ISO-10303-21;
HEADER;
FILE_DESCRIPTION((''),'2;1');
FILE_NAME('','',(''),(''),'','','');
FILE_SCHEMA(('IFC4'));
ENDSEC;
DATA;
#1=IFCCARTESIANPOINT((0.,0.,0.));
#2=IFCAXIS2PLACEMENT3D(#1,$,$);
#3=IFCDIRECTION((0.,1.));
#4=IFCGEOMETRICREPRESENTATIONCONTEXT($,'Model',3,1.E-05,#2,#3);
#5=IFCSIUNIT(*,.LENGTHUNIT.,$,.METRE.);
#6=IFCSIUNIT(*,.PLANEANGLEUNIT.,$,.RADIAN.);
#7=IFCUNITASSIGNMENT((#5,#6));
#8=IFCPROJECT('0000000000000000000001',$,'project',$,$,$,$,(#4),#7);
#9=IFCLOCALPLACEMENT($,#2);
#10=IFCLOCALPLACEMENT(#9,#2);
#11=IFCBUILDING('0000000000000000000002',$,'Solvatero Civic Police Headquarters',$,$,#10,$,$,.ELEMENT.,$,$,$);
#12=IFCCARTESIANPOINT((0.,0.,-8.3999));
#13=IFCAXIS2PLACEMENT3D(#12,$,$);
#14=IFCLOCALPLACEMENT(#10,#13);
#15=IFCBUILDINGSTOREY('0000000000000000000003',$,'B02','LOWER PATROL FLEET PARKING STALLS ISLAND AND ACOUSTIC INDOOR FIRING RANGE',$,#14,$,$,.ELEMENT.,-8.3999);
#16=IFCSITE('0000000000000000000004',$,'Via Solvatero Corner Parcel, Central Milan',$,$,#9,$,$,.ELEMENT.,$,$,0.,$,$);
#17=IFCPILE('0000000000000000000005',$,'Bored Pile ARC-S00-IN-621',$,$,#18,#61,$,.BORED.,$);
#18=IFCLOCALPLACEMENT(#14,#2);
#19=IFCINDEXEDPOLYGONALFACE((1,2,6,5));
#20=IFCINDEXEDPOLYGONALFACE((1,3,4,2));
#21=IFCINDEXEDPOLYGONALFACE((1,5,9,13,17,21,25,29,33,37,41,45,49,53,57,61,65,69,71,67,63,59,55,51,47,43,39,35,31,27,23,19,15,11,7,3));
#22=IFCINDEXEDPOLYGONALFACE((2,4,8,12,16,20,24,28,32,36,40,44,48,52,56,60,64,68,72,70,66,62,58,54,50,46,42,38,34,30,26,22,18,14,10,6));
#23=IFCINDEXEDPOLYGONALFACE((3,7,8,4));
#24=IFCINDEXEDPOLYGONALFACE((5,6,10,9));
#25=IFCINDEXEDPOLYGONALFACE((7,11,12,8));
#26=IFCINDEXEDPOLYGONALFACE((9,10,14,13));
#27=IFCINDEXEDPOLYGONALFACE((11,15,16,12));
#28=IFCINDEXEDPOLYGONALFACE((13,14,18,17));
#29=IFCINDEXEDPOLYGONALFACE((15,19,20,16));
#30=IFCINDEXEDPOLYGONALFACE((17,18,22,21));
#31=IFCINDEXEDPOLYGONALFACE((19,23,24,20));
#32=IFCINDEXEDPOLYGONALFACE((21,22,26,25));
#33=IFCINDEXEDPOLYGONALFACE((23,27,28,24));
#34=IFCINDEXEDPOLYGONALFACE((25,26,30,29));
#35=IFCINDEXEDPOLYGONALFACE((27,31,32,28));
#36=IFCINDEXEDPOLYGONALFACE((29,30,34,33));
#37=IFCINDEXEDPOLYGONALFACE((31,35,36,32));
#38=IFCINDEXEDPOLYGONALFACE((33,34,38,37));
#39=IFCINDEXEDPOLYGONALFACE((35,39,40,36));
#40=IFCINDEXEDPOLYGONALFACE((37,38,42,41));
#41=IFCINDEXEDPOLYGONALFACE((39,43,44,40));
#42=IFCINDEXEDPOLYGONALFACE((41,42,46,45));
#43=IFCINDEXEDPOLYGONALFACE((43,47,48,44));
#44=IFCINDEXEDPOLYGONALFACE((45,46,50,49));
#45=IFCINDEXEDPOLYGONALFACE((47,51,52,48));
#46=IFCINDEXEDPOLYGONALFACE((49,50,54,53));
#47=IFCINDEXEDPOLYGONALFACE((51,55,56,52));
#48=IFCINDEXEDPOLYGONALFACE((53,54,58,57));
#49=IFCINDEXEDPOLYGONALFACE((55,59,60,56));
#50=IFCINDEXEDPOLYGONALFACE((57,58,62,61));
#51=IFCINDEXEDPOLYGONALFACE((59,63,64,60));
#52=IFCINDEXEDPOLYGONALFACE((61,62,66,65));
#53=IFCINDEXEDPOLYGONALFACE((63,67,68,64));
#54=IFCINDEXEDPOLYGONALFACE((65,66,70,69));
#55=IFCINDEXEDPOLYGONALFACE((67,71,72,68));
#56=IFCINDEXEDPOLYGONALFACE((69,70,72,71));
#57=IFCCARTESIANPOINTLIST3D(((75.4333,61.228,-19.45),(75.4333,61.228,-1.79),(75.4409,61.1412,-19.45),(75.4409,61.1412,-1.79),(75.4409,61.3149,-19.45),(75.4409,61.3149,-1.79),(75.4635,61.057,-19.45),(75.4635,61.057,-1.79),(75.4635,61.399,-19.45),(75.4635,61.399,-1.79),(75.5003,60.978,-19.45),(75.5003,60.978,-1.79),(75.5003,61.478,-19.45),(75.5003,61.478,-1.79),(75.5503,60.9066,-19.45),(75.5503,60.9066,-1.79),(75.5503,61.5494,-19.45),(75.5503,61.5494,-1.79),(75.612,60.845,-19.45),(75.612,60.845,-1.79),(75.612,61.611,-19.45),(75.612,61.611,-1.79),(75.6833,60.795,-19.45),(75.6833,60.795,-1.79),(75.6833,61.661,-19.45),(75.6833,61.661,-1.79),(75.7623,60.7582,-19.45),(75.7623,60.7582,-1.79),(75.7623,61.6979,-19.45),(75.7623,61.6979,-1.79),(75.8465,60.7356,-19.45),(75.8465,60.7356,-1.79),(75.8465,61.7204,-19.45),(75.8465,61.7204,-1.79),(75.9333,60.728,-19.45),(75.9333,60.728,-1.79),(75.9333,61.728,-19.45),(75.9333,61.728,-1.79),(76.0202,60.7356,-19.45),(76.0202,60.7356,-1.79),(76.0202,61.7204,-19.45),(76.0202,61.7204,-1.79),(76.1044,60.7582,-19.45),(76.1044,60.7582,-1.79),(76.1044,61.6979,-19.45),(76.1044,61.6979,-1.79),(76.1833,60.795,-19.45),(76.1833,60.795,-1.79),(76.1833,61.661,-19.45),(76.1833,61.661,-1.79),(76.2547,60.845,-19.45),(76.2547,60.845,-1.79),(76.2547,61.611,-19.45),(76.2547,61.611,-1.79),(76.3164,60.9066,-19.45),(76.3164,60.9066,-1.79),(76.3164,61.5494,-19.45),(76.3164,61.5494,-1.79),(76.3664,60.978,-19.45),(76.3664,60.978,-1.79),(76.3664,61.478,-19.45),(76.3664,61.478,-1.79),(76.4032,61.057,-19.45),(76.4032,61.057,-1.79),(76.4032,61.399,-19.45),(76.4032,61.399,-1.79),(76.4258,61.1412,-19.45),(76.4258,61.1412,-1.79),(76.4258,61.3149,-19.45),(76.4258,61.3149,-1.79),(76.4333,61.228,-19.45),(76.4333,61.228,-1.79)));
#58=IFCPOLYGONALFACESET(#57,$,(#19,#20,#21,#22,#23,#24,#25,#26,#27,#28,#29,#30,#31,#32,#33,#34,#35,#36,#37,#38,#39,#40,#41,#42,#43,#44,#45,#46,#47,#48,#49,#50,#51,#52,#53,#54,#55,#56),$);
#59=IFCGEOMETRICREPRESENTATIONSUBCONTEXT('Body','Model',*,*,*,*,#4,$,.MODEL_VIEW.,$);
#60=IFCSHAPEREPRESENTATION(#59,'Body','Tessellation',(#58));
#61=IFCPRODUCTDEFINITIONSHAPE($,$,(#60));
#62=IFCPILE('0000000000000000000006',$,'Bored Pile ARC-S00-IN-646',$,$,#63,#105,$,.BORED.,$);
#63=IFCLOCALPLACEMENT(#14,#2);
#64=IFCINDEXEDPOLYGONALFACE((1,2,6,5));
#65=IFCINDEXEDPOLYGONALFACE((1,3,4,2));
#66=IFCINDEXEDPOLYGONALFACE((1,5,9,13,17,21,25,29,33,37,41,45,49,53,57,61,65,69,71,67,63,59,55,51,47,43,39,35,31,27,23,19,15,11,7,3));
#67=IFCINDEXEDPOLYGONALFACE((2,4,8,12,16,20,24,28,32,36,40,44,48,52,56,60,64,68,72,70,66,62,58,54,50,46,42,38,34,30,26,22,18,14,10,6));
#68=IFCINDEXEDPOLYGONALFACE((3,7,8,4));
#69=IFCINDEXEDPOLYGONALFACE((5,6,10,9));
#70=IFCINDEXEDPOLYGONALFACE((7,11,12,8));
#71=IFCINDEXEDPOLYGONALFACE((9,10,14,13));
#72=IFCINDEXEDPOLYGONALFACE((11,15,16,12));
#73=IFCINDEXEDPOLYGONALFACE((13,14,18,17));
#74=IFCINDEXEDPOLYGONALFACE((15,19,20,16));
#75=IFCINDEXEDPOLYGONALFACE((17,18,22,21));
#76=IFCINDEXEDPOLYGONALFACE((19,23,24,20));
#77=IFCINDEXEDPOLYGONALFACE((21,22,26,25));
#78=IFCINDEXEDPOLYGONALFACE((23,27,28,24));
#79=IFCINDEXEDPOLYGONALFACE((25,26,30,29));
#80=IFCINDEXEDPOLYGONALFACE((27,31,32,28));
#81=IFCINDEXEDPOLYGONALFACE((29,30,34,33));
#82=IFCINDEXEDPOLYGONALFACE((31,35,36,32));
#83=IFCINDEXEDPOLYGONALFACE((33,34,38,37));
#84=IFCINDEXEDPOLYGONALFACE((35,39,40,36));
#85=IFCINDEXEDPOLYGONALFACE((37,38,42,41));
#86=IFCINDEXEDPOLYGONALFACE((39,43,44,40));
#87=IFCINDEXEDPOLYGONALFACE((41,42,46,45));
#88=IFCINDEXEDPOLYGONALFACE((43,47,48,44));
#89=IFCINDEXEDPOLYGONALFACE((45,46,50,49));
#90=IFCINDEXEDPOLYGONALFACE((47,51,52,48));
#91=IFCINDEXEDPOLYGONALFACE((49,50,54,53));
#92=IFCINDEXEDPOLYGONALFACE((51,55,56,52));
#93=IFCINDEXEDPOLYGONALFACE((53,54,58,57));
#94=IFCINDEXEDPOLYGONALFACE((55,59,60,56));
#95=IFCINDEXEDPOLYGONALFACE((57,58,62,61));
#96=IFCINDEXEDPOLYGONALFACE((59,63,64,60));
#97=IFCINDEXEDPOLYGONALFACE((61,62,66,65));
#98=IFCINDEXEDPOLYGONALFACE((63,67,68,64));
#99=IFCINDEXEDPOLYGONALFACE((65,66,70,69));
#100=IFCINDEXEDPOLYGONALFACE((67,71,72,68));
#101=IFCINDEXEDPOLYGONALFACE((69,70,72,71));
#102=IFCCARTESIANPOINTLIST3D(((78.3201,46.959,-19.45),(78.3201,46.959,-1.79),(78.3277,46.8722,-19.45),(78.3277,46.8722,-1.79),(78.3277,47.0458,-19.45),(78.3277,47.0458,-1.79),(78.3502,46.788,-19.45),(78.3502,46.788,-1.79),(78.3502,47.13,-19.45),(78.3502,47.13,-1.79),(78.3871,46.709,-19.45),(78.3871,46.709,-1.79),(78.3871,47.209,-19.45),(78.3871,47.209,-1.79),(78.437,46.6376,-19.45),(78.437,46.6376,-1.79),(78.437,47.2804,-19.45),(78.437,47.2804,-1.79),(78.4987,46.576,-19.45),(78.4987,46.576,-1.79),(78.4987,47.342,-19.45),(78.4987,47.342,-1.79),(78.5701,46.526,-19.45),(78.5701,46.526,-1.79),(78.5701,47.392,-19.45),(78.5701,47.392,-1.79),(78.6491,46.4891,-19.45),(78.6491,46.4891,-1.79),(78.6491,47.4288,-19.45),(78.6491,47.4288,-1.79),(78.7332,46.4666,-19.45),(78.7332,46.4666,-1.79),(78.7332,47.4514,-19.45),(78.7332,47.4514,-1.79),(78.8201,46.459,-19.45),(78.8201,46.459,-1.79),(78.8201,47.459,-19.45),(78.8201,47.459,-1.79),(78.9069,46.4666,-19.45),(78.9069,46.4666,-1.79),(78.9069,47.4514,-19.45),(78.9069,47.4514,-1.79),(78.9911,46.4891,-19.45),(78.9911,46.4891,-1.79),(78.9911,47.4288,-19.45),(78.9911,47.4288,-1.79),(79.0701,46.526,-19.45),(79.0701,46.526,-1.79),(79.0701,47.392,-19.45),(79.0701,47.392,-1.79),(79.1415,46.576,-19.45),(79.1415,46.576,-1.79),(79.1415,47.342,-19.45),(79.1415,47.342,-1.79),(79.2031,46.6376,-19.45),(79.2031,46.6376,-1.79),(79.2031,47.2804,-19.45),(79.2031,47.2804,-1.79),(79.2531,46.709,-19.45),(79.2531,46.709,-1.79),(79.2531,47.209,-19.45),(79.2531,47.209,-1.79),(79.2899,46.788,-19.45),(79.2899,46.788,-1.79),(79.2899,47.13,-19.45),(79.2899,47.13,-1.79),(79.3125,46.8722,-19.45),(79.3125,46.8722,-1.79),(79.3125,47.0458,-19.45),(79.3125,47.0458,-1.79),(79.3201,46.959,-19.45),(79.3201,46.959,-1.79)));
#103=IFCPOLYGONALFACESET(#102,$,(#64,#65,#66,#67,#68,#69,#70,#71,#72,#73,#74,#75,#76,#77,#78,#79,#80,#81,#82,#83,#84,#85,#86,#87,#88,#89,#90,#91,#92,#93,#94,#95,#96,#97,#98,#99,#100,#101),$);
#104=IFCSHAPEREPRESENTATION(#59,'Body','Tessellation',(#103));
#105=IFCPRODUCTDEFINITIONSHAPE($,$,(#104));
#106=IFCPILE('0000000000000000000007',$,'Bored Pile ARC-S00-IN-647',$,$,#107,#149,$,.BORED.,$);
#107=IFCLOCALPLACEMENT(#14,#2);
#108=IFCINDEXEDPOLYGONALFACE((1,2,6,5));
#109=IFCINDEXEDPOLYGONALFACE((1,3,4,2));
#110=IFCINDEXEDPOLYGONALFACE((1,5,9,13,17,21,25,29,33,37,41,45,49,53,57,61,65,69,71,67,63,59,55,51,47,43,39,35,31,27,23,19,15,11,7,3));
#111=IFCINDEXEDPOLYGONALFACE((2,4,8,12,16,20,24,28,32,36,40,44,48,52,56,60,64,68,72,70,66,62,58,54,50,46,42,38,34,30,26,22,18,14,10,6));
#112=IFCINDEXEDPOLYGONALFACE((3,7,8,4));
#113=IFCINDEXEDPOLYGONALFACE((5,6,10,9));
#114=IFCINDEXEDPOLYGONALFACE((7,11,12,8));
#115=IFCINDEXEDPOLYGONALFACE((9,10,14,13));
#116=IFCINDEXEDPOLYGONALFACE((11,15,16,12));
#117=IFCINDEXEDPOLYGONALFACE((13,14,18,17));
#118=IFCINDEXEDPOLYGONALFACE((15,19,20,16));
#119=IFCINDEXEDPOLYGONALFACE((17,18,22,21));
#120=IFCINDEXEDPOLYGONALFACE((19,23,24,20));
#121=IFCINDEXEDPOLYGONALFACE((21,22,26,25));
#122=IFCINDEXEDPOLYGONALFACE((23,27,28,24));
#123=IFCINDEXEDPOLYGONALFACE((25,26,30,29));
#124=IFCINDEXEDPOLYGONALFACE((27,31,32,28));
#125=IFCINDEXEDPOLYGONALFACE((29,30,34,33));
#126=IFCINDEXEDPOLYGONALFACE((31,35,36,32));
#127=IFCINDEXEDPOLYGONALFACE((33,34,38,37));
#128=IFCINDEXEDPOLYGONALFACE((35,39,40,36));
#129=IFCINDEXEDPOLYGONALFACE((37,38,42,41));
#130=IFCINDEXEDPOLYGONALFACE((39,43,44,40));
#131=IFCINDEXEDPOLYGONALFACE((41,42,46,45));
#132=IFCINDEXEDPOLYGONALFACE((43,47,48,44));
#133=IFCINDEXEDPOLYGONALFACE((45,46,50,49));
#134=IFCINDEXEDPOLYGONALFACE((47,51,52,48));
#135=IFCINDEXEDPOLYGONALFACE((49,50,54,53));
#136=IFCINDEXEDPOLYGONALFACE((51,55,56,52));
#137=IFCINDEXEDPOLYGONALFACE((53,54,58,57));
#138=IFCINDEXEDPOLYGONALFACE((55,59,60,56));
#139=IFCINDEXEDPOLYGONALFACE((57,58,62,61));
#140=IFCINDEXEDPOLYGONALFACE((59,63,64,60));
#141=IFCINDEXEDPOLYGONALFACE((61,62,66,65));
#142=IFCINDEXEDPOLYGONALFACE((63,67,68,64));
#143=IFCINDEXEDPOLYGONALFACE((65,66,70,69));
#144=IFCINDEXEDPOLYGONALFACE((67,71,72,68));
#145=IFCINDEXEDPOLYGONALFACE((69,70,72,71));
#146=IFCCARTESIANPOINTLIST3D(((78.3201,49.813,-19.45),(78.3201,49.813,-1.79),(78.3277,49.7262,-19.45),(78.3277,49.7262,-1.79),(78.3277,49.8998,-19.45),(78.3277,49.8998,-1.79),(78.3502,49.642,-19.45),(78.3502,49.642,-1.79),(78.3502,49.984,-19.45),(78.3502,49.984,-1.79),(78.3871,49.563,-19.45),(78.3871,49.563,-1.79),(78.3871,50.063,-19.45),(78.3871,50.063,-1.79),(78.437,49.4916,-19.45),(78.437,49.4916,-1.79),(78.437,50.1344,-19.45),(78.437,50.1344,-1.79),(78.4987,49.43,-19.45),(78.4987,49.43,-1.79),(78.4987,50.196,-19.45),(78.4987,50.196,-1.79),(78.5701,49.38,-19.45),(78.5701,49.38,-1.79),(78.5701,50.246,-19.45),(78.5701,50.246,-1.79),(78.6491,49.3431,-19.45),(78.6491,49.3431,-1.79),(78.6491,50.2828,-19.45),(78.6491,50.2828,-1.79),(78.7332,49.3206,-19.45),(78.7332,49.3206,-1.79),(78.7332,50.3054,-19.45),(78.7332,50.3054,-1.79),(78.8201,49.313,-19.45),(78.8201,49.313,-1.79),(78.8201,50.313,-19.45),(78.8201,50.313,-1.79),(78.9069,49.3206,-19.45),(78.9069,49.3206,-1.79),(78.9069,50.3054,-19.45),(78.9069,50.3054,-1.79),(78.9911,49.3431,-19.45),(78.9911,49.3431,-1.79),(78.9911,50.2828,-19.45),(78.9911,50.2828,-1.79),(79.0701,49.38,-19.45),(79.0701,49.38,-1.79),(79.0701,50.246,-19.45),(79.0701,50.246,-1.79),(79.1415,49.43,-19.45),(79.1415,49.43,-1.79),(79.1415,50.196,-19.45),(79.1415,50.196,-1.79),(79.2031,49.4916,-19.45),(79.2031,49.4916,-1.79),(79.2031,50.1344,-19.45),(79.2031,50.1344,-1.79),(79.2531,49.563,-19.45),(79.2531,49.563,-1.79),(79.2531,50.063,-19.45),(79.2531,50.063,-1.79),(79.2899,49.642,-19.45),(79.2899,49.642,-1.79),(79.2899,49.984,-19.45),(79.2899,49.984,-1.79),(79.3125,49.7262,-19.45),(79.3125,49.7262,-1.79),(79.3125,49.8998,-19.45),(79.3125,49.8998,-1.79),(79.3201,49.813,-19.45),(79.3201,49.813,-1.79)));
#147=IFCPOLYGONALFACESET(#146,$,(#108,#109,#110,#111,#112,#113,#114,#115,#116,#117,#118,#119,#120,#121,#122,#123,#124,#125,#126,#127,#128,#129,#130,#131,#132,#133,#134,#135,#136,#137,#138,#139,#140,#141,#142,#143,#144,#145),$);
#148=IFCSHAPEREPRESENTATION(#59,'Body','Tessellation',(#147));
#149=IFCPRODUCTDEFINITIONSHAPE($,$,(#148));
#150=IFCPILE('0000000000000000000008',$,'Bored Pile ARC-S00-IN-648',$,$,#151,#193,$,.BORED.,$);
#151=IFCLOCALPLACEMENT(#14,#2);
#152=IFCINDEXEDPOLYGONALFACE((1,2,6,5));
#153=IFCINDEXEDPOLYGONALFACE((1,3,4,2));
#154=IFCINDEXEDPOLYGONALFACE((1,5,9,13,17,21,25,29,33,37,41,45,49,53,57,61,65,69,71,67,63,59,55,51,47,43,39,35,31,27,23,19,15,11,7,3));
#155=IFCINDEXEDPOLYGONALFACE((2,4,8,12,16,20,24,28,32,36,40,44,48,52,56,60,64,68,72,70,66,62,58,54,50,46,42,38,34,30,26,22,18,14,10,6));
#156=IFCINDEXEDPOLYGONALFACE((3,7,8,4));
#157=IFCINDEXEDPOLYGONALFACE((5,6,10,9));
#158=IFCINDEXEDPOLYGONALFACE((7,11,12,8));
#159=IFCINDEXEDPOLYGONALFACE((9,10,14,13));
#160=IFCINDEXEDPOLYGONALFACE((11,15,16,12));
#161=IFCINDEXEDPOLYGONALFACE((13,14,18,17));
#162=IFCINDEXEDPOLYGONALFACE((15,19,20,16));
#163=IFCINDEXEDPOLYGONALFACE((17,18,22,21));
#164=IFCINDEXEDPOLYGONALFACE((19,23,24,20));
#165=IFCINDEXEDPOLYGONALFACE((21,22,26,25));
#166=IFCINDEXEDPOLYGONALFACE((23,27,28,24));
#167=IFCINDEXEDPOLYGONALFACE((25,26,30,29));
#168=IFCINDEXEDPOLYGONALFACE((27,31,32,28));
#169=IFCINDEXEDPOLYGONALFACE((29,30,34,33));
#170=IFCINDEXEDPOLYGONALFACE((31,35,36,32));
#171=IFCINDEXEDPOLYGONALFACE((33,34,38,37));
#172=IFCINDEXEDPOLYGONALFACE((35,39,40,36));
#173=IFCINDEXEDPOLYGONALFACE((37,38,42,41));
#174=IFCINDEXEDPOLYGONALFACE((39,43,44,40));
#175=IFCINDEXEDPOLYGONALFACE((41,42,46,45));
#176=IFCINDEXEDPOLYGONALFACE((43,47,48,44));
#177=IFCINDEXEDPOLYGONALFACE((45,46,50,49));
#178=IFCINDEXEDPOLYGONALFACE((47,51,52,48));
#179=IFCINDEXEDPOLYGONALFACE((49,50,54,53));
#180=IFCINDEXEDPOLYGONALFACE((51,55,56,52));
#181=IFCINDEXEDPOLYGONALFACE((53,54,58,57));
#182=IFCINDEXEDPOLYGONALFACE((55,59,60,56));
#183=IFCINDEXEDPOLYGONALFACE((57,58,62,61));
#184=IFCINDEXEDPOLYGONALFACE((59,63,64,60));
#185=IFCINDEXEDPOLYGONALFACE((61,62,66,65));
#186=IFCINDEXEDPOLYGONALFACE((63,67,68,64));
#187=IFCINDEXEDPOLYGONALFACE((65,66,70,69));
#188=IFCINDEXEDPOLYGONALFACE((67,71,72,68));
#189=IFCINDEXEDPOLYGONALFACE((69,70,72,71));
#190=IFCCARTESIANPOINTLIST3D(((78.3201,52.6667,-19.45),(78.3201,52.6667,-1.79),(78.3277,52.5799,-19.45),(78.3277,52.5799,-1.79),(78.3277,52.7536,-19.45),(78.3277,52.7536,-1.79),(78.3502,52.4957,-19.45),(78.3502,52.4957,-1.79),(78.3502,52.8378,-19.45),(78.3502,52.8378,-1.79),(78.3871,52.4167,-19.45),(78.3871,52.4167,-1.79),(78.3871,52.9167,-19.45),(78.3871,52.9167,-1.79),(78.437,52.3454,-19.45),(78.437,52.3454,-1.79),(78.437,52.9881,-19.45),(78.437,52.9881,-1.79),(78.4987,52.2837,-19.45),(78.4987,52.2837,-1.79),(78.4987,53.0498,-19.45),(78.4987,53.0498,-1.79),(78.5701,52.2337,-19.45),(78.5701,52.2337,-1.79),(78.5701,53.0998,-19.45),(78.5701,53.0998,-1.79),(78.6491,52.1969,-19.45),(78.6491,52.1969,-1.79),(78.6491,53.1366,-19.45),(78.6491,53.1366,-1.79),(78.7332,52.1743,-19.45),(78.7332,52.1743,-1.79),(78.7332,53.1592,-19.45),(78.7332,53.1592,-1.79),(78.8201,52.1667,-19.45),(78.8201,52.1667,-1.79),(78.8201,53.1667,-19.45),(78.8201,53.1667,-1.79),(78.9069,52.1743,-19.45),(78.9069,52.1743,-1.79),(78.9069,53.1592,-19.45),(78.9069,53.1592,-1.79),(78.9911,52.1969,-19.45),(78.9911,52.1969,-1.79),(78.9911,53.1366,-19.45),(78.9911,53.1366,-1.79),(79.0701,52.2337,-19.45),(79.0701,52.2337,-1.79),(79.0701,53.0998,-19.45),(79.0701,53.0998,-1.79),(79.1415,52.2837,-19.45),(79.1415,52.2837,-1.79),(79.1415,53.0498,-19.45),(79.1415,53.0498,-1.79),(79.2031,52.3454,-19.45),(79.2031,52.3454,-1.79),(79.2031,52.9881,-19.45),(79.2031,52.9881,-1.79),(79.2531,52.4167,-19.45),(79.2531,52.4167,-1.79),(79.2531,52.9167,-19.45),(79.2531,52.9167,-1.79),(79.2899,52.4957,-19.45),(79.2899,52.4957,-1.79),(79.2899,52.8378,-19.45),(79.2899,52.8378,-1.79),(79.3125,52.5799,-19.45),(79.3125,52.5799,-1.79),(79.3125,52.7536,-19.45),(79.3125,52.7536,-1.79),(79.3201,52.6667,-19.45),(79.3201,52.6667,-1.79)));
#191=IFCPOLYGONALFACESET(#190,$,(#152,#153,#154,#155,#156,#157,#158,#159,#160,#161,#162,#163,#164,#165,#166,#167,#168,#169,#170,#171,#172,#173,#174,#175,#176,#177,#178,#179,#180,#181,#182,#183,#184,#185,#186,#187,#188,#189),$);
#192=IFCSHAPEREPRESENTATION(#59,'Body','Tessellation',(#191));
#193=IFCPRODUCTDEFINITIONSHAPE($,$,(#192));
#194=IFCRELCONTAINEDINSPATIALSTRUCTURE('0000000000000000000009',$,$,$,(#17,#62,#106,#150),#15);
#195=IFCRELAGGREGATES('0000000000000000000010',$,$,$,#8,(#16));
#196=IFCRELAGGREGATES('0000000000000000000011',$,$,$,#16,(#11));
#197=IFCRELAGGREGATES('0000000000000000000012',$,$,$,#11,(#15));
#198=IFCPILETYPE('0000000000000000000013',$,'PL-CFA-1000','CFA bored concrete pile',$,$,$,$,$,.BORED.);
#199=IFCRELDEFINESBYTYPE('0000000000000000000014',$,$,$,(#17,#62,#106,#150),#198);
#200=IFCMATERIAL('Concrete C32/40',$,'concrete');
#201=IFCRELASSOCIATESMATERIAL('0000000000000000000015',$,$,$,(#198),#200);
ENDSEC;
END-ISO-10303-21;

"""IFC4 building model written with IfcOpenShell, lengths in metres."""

from ifc_helpers import new_model, si_unit, direction, frame, origin, origin_2d, place, context, subcontext, project, spatial, circle, extrude, material, material_profile, profile_set, type_object, element, save


model = new_model("IFC4")

# Units and contexts
model_context = context("Model", 3, precision=1e-05, world=origin(), true_north=direction((0.0, 1.0)))
body_context = subcontext(model_context, "Body", "Model", "MODEL_VIEW")
ifc_project = project(units=[si_unit("LENGTHUNIT", "METRE"), si_unit("PLANEANGLEUNIT", "RADIAN")], contexts=[model_context])

# Site, building, storey
site_placement = place(None, origin())
site = spatial("IfcSite", under=ifc_project, at=site_placement, Name="Via Solvatero Corner Parcel, Central Milan", CompositionType="ELEMENT", RefElevation=0.0)
building_placement = place(site_placement, origin())
building = spatial("IfcBuilding", under=site, at=building_placement, Name="Solvatero Civic Police Headquarters", CompositionType="ELEMENT")
storey_placement = place(building_placement, frame((0.0, 0.0, -8.3999)))
storey = spatial("IfcBuildingStorey", under=building, at=storey_placement, Name="B02", Description="LOWER PATROL FLEET PARKING STALLS ISLAND AND ACOUSTIC INDOOR FIRING RANGE", CompositionType="ELEMENT", Elevation=-8.3999)

# Piles
ifc_material_1 = material(Name="Concrete C32/40", Category="concrete")
ifc_material_profile_1 = material_profile(ifc_material_1, circle(Radius=0.5, at=origin_2d()), Name="CFA PILE D1000")
ifc_profile_set_1 = profile_set([ifc_material_profile_1], Name="Concrete C32/40")
pile_type = type_object("IfcPileType", Name="PL-CFA-1000", Description="CFA bored concrete pile", PredefinedType="BORED", material=ifc_profile_set_1)
for number, where, z_axis, x_axis, name in (
    (1, (75.9333, 61.228, -1.79), (0.0, 0.0, -1.0), (1.0, 0.0, 0.0), "Bored Pile ARC-S00-IN-621"),
    (2, (78.8201, 46.959, -1.79), (0.0, 0.0, -1.0), (1.0, 0.0, 0.0), "Bored Pile ARC-S00-IN-646"),
    (3, (78.8201, 49.813, -1.79), (0.0, 0.0, -1.0), (1.0, 0.0, 0.0), "Bored Pile ARC-S00-IN-647"),
    (4, (78.8201, 52.6667, -1.79), (0.0, 0.0, -1.0), (1.0, 0.0, 0.0), "Bored Pile ARC-S00-IN-648"),
):
    element("IfcPile", number, at=place(storey_placement, frame(where, z_axis=z_axis, x_axis=x_axis)), inside=storey, type_object=pile_type, Name=name, PredefinedType="BORED", context=body_context, shape_type="SweptSolid", body=[
        extrude(circle(Radius=0.5, at=origin_2d()), origin(), (0.0, 0.0, 1.0), 17.6599),
    ])

save(model, "model.ifc")
